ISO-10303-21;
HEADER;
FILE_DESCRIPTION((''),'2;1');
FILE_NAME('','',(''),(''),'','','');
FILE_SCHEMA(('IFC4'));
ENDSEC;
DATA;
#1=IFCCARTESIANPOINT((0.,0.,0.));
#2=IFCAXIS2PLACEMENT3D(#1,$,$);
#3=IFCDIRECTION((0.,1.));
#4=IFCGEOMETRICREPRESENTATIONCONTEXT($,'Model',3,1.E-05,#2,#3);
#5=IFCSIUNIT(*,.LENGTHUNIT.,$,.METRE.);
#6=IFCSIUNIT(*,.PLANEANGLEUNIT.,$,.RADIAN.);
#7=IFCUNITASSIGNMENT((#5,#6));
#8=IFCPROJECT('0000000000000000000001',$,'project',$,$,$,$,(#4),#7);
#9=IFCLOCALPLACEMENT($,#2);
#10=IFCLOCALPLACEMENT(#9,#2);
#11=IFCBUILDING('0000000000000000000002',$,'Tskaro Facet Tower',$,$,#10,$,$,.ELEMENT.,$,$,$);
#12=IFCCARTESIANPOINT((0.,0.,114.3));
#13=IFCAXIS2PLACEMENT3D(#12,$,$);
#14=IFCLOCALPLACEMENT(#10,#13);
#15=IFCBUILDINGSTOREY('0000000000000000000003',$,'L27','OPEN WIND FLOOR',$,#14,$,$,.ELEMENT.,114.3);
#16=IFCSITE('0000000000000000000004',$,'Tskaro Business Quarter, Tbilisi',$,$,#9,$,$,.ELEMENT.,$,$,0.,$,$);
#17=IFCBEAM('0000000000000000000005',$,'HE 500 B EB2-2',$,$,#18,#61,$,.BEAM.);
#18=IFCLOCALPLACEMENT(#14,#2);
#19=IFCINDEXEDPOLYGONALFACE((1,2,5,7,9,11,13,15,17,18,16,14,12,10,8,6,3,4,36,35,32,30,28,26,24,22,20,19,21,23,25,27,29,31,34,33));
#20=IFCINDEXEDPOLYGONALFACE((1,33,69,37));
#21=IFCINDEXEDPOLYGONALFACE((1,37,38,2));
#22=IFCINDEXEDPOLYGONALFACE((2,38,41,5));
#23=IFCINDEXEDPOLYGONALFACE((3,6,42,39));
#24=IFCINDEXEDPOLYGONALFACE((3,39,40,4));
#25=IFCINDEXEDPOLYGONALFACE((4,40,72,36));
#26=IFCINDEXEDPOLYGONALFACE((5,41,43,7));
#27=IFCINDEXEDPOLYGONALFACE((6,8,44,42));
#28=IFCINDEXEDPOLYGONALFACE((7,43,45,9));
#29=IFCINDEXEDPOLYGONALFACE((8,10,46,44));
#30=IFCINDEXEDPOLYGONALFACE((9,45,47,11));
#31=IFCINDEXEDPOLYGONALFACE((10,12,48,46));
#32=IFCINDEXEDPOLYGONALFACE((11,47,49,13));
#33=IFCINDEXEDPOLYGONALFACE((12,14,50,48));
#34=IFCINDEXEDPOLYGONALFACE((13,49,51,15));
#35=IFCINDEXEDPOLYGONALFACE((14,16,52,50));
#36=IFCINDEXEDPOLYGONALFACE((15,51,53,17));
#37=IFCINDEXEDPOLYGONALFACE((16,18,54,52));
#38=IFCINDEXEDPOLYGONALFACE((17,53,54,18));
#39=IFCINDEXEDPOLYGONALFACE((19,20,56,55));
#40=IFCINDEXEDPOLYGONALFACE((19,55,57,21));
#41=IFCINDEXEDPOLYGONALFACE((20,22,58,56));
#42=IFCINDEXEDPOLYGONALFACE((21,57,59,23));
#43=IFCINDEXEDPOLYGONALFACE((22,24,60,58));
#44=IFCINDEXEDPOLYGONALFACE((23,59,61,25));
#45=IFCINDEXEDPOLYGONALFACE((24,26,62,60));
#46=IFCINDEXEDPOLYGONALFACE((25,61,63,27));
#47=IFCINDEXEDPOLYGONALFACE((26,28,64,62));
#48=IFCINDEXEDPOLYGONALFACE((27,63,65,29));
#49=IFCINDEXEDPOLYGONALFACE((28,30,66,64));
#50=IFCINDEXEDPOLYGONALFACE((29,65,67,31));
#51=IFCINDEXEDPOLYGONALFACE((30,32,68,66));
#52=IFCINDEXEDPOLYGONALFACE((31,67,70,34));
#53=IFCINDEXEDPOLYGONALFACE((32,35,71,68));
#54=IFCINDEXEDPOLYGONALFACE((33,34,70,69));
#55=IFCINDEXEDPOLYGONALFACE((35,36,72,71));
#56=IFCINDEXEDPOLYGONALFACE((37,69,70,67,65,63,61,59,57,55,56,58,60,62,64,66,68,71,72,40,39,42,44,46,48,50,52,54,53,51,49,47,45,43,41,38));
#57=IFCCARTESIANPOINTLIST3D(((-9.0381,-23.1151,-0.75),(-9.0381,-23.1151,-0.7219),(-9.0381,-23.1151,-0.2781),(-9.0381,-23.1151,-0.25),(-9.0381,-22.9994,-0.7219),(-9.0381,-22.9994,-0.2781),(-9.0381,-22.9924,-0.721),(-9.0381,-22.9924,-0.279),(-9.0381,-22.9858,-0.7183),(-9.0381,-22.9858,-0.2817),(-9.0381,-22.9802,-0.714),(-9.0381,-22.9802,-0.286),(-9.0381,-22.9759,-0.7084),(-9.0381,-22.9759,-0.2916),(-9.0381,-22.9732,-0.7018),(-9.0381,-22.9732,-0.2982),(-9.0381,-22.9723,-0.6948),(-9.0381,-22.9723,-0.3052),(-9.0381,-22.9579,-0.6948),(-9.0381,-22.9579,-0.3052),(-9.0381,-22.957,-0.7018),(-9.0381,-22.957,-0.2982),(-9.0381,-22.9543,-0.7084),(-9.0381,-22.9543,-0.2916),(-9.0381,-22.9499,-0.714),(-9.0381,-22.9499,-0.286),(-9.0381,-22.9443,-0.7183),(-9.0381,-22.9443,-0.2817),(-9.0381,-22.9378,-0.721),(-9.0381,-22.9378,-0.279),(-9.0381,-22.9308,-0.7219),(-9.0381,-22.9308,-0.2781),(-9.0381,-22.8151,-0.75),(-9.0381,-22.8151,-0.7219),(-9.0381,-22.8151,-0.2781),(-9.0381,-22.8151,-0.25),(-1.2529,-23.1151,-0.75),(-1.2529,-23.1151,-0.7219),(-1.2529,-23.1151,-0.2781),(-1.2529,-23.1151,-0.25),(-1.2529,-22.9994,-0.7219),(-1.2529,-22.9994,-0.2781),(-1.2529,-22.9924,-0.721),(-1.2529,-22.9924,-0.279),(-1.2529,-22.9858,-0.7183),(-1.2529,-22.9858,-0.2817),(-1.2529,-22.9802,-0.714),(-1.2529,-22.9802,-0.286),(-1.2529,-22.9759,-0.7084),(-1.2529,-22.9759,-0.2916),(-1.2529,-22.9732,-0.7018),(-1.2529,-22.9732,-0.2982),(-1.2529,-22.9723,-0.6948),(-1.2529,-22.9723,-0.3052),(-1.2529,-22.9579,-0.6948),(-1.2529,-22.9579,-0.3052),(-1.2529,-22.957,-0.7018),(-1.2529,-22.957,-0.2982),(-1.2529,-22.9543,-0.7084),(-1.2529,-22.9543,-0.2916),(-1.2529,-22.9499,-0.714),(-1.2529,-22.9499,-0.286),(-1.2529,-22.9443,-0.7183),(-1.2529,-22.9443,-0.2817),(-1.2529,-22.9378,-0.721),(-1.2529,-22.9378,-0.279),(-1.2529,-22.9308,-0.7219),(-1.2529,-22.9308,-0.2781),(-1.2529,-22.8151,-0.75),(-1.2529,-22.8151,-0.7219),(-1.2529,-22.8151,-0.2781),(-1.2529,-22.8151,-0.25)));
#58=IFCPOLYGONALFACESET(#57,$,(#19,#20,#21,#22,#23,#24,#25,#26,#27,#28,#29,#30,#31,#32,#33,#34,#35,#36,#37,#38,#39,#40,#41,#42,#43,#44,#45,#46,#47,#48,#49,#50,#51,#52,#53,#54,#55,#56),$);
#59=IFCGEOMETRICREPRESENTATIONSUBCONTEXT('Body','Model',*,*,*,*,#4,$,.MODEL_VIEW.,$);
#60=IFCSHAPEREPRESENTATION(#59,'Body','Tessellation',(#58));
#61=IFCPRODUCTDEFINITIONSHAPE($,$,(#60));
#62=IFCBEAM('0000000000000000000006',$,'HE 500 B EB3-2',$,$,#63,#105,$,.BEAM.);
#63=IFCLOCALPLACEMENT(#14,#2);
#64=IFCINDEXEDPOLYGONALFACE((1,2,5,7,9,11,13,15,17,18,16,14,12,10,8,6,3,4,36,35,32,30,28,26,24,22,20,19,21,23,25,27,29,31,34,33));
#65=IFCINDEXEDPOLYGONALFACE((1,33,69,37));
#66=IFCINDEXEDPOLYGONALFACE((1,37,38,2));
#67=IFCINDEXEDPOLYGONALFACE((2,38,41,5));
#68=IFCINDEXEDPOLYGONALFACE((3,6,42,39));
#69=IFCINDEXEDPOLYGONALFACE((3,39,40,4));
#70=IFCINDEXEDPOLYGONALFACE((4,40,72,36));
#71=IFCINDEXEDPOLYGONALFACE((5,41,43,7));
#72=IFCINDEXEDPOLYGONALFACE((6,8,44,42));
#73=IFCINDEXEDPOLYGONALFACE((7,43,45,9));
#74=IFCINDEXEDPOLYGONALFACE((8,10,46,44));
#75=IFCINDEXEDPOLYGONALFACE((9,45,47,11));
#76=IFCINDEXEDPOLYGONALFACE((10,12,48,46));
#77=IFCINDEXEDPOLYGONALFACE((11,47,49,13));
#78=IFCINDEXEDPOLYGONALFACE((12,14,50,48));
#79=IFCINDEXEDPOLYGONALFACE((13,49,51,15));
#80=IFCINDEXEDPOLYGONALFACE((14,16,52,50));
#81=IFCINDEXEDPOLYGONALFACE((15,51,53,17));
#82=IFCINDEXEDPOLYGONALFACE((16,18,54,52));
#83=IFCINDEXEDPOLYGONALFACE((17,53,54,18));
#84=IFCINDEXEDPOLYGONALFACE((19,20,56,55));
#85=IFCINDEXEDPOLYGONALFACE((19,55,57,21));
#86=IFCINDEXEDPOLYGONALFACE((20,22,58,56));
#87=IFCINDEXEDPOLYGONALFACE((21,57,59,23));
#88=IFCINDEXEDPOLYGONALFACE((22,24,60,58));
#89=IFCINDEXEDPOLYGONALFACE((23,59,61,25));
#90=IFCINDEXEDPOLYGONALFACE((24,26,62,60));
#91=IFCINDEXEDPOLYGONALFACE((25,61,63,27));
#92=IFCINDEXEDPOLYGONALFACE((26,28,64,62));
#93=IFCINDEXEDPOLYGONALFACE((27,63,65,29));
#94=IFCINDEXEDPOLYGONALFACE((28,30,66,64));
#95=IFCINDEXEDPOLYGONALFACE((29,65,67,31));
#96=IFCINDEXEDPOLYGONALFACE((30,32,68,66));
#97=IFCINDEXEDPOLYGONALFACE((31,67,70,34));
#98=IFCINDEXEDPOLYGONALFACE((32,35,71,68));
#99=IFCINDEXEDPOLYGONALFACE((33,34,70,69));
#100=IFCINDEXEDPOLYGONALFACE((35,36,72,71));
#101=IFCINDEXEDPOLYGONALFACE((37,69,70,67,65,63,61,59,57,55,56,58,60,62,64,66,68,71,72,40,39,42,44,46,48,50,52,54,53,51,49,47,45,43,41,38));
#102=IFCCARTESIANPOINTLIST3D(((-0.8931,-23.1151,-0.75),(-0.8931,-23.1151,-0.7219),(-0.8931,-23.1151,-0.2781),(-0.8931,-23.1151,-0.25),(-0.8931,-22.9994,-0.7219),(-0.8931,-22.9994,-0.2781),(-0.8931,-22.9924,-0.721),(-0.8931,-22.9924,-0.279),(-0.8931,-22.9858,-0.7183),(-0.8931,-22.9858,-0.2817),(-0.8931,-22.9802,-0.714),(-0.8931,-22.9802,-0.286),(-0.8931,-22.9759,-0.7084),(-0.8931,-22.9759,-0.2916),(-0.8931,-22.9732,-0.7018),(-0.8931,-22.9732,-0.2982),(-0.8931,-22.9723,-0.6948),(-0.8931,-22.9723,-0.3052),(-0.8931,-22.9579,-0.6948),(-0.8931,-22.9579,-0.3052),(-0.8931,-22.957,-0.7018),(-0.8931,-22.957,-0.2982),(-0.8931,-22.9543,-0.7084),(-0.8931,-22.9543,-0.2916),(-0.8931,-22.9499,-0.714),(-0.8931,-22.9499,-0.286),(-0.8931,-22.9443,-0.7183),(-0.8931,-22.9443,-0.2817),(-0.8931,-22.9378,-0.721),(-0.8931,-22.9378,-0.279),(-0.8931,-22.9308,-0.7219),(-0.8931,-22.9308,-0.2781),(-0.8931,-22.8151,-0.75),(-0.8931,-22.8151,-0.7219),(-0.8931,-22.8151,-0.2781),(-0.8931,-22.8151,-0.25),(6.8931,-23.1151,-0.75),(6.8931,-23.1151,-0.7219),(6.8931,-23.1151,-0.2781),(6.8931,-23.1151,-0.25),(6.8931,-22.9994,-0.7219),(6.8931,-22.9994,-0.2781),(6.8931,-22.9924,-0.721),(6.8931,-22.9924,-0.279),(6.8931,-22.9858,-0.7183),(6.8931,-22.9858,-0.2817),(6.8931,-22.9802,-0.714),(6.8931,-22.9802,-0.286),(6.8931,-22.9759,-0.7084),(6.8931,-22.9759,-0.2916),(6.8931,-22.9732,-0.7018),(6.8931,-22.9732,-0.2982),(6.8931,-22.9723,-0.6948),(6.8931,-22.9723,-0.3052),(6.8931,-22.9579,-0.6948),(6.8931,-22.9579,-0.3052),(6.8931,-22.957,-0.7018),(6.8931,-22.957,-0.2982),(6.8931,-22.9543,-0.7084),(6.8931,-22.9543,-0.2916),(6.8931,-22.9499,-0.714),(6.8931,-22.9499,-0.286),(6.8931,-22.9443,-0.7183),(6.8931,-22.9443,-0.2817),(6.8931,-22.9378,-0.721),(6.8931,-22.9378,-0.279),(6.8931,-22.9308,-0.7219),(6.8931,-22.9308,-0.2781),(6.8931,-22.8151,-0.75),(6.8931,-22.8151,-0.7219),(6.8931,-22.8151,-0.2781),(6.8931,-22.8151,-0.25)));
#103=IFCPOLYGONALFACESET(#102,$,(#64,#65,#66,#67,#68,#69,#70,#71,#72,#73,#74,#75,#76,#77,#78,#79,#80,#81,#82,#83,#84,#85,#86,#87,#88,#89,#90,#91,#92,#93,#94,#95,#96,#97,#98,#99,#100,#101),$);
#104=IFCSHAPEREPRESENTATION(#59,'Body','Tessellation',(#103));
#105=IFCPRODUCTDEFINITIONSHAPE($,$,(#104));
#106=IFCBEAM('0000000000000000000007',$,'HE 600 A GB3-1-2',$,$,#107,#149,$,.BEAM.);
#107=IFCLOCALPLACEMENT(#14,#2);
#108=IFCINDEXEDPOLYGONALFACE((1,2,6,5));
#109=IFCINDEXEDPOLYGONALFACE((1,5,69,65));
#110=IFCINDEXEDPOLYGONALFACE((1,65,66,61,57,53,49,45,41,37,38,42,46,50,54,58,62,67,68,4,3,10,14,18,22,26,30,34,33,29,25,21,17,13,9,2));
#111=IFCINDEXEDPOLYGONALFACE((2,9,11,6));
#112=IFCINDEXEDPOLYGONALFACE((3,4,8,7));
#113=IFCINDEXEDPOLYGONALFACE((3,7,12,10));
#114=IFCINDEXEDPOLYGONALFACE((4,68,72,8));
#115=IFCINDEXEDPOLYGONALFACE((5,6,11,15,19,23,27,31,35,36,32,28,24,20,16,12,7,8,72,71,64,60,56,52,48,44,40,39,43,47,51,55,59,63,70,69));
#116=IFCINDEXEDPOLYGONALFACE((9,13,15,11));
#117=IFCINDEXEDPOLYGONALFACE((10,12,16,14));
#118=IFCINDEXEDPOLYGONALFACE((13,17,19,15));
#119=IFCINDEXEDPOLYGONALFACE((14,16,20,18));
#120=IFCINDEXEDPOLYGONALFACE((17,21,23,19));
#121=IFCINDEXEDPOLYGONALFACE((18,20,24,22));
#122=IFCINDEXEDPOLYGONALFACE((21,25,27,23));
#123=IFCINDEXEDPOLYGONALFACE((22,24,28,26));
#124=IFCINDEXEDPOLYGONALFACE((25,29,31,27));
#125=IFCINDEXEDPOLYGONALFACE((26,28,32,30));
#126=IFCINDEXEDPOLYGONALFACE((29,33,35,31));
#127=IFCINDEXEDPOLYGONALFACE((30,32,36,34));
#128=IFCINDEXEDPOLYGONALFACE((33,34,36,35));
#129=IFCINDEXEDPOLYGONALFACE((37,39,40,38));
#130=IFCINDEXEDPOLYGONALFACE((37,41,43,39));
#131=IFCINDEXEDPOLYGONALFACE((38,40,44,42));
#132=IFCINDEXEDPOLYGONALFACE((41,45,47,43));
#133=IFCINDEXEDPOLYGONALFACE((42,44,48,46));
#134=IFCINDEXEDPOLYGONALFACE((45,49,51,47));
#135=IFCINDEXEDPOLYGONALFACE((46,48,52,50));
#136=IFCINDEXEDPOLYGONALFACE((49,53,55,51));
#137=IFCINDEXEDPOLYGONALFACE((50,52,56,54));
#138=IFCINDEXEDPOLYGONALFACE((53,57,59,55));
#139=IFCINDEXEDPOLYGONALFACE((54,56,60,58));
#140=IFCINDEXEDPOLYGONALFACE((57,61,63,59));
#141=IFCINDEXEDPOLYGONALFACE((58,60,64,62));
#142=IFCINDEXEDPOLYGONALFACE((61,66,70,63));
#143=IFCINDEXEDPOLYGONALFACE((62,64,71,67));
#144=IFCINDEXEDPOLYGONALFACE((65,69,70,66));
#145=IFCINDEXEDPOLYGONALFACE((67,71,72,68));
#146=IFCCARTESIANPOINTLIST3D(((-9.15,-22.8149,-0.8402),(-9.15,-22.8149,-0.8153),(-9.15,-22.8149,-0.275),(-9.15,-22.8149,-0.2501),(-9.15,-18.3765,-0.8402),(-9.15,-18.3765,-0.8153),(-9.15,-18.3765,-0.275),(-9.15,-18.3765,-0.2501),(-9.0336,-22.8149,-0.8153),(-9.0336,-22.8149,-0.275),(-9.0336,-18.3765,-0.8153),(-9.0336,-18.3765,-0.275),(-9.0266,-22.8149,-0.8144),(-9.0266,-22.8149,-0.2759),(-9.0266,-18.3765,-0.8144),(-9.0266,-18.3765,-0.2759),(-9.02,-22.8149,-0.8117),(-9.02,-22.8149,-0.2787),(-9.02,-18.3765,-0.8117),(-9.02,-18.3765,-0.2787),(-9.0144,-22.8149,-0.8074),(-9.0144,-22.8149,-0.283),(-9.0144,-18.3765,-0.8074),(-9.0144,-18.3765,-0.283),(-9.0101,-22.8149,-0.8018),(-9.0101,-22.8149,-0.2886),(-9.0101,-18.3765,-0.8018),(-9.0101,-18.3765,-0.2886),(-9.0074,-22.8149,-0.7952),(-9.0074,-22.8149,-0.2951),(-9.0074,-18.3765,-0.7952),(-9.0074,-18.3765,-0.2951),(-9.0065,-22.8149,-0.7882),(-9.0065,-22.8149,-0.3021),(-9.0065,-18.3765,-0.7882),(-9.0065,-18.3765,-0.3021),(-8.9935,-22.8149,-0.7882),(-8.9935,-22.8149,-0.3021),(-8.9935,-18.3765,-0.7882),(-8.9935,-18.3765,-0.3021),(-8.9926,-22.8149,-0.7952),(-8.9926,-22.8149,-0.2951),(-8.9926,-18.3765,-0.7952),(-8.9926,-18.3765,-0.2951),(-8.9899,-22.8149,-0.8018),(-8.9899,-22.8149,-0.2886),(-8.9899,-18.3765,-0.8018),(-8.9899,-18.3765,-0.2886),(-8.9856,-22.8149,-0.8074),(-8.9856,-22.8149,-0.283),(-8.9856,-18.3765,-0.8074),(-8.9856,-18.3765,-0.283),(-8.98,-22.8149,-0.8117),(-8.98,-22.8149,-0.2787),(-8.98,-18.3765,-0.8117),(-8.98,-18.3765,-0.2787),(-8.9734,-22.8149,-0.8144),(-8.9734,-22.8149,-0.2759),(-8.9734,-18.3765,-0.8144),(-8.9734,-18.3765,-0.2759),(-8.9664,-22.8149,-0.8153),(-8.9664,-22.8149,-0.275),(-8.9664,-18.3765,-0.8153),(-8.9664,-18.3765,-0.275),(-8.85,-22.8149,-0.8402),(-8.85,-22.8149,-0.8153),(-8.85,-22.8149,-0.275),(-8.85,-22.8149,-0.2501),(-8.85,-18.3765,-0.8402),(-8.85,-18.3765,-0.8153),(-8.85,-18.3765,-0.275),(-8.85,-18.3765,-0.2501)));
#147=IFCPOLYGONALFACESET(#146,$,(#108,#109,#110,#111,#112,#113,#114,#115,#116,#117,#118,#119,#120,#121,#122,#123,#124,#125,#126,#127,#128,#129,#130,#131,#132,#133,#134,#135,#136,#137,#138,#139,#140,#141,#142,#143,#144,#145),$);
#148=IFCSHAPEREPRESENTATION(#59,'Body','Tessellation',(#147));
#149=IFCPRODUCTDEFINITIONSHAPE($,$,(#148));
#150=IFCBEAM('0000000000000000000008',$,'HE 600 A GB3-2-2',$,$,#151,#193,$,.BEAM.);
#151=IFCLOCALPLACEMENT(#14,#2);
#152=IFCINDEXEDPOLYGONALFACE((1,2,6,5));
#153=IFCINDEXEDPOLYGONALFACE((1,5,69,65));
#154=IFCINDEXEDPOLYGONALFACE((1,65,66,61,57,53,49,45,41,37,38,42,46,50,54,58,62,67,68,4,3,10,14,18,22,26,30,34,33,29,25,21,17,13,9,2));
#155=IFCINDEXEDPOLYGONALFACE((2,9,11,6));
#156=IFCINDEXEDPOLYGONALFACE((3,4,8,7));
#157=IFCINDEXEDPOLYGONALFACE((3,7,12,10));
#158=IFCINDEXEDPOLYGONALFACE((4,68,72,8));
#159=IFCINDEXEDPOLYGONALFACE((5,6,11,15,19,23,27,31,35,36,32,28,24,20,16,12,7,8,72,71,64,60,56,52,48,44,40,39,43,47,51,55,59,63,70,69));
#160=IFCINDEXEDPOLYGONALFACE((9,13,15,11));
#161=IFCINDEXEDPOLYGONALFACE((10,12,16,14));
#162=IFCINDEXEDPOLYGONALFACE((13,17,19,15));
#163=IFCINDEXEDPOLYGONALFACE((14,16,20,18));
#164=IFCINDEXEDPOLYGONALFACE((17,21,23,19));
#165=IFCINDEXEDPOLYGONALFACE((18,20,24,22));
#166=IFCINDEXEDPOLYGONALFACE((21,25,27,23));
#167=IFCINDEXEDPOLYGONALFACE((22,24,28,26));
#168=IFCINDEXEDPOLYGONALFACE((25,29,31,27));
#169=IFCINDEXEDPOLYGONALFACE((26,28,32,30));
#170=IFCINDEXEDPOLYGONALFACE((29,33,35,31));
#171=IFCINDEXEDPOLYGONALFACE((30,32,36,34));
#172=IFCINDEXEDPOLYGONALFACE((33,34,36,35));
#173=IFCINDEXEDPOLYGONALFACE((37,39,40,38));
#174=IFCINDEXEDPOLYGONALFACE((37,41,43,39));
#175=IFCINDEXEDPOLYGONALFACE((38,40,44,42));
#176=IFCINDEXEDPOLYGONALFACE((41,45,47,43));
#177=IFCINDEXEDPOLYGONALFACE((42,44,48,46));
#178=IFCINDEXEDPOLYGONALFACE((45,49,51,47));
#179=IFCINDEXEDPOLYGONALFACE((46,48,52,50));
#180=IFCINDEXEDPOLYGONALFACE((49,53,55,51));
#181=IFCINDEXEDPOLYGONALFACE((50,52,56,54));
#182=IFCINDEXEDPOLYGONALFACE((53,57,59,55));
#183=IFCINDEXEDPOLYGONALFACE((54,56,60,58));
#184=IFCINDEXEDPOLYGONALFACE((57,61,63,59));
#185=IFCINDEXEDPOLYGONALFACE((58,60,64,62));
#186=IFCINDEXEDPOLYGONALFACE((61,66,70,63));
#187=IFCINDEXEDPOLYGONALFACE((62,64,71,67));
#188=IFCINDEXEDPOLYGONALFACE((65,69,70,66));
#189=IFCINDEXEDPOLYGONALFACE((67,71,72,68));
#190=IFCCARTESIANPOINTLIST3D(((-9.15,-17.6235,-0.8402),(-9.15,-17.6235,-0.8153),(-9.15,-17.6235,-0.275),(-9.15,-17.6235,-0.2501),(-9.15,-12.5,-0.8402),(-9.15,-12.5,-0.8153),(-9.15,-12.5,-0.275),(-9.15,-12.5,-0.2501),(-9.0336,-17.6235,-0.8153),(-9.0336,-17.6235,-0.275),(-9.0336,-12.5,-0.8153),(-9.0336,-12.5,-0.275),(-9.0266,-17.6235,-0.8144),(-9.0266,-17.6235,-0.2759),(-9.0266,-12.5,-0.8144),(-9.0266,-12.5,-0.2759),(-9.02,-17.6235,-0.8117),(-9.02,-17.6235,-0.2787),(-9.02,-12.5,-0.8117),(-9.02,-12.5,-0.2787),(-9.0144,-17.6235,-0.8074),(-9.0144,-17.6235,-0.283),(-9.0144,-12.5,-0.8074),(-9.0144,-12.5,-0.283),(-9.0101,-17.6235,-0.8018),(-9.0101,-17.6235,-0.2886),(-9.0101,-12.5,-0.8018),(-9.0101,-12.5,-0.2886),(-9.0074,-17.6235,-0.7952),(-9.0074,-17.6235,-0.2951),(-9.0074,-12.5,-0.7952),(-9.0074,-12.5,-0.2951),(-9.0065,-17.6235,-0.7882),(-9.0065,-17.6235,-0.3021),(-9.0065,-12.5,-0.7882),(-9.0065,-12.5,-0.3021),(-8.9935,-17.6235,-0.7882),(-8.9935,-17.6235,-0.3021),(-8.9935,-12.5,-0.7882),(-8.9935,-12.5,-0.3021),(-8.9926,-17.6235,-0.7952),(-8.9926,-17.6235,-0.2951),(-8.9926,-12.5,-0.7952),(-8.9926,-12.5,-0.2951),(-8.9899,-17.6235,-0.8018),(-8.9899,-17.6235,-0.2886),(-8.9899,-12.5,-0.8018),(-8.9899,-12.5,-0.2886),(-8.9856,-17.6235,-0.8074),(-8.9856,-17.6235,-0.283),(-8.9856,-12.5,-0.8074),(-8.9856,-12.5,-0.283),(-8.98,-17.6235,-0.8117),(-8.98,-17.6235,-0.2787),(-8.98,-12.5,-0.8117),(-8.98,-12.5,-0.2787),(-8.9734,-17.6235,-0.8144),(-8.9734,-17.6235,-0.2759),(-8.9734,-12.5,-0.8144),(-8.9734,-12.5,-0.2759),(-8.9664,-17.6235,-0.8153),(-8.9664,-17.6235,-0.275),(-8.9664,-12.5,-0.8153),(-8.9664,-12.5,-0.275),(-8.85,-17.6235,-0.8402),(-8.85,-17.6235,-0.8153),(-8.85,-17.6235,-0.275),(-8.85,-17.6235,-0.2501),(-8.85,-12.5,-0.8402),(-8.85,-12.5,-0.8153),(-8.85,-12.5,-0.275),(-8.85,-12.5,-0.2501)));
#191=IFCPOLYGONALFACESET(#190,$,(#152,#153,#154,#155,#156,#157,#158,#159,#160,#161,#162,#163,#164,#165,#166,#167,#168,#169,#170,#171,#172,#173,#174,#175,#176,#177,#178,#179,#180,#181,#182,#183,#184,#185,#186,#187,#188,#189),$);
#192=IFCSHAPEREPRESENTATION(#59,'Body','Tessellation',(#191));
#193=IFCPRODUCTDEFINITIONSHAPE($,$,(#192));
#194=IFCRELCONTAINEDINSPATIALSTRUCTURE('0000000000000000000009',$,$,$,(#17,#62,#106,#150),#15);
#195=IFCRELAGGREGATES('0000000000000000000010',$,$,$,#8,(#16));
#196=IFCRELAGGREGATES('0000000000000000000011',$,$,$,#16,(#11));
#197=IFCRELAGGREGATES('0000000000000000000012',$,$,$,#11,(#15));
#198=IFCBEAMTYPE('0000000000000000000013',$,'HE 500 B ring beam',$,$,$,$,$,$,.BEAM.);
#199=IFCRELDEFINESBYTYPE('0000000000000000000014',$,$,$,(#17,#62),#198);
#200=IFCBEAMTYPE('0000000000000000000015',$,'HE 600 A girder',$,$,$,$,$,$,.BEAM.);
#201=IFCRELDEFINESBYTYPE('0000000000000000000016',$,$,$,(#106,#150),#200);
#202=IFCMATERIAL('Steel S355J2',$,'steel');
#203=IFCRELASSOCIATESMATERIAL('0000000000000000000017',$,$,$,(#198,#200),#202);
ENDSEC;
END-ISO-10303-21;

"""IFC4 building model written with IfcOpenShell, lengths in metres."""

from ifc_helpers import new_model, si_unit, direction, frame, origin, origin_2d, place, context, subcontext, project, spatial, i_section, extrude, material, material_profile, profile_set, type_object, element, save


model = new_model("IFC4")

# Units and contexts
model_context = context("Model", 3, precision=1e-05, world=origin(), true_north=direction((0.0, 1.0)))
body_context = subcontext(model_context, "Body", "Model", "MODEL_VIEW")
ifc_project = project(units=[si_unit("LENGTHUNIT", "METRE"), si_unit("PLANEANGLEUNIT", "RADIAN")], contexts=[model_context])

# Site, building, storey
site_placement = place(None, origin())
site = spatial("IfcSite", under=ifc_project, at=site_placement, Name="Tskaro Business Quarter, Tbilisi", CompositionType="ELEMENT", RefElevation=0.0)
building_placement = place(site_placement, origin())
building = spatial("IfcBuilding", under=site, at=building_placement, Name="Tskaro Facet Tower", CompositionType="ELEMENT")
storey_placement = place(building_placement, frame((0.0, 0.0, 114.3)))
storey = spatial("IfcBuildingStorey", under=building, at=storey_placement, Name="L27", Description="OPEN WIND FLOOR", CompositionType="ELEMENT", Elevation=114.3)

# Shared definitions
ifc_material_1 = material(Name="Steel S355J2", Category="steel")

# Beams
ifc_material_profile_1 = material_profile(ifc_material_1, i_section(OverallWidth=0.3, OverallDepth=0.5, WebThickness=0.0144, FlangeThickness=0.0281, FilletRadius=0.0271, at=origin_2d()), Name="HE 500 B")
ifc_profile_set_1 = profile_set([ifc_material_profile_1], Name="Steel S355J2")
beam_type_1 = type_object("IfcBeamType", Name="HE 500 B ring beam", PredefinedType="BEAM", material=ifc_profile_set_1)
beam_1_placement = place(storey_placement, frame((-9.0381, -22.9651, -0.5), z_axis=(1.0, 0.0, 0.0), x_axis=(0.0, 1.0, 0.0)))
element("IfcBeam", 1, at=beam_1_placement, inside=storey, type_object=beam_type_1, Name="HE 500 B EB2-2", PredefinedType="BEAM", context=body_context, shape_type="SweptSolid", body=[
    extrude(i_section(OverallWidth=0.3, OverallDepth=0.5, WebThickness=0.0144, FlangeThickness=0.0281, FilletRadius=0.0271, at=origin_2d()), origin(), (0.0, 0.0, 1.0), 7.7852),
])
beam_2_placement = place(storey_placement, frame((-0.8931, -22.9651, -0.5), z_axis=(1.0, 0.0, 0.0), x_axis=(0.0, 1.0, 0.0)))
element("IfcBeam", 2, at=beam_2_placement, inside=storey, type_object=beam_type_1, Name="HE 500 B EB3-2", PredefinedType="BEAM", context=body_context, shape_type="SweptSolid", body=[
    extrude(i_section(OverallWidth=0.3, OverallDepth=0.5, WebThickness=0.0144, FlangeThickness=0.0281, FilletRadius=0.0271, at=origin_2d()), origin(), (0.0, 0.0, 1.0), 7.7861),
])
ifc_material_profile_2 = material_profile(ifc_material_1, i_section(OverallWidth=0.3, OverallDepth=0.5901, WebThickness=0.0129, FlangeThickness=0.0249, FilletRadius=0.0271, at=origin_2d()), Name="HE 600 A")
ifc_profile_set_2 = profile_set([ifc_material_profile_2], Name="Steel S355J2")
beam_type_2 = type_object("IfcBeamType", Name="HE 600 A girder", PredefinedType="BEAM", material=ifc_profile_set_2)
beam_3_placement = place(storey_placement, frame((-9.0, -22.8149, -0.5452), z_axis=(0.0, 1.0, 0.0), x_axis=(-1.0, 0.0, 0.0)))
element("IfcBeam", 3, at=beam_3_placement, inside=storey, type_object=beam_type_2, Name="HE 600 A GB3-1-2", PredefinedType="BEAM", context=body_context, shape_type="SweptSolid", body=[
    extrude(i_section(OverallWidth=0.3, OverallDepth=0.5901, WebThickness=0.0129, FlangeThickness=0.0249, FilletRadius=0.0271, at=origin_2d()), origin(), (0.0, 0.0, 1.0), 4.4385),
])
beam_4_placement = place(storey_placement, frame((-9.0, -17.6235, -0.5452), z_axis=(0.0, 1.0, 0.0), x_axis=(-1.0, 0.0, 0.0)))
element("IfcBeam", 4, at=beam_4_placement, inside=storey, type_object=beam_type_2, Name="HE 600 A GB3-2-2", PredefinedType="BEAM", context=body_context, shape_type="SweptSolid", body=[
    extrude(i_section(OverallWidth=0.3, OverallDepth=0.5901, WebThickness=0.0129, FlangeThickness=0.0249, FilletRadius=0.0271, at=origin_2d()), origin(), (0.0, 0.0, 1.0), 5.1235),
])

save(model, "model.ifc")
